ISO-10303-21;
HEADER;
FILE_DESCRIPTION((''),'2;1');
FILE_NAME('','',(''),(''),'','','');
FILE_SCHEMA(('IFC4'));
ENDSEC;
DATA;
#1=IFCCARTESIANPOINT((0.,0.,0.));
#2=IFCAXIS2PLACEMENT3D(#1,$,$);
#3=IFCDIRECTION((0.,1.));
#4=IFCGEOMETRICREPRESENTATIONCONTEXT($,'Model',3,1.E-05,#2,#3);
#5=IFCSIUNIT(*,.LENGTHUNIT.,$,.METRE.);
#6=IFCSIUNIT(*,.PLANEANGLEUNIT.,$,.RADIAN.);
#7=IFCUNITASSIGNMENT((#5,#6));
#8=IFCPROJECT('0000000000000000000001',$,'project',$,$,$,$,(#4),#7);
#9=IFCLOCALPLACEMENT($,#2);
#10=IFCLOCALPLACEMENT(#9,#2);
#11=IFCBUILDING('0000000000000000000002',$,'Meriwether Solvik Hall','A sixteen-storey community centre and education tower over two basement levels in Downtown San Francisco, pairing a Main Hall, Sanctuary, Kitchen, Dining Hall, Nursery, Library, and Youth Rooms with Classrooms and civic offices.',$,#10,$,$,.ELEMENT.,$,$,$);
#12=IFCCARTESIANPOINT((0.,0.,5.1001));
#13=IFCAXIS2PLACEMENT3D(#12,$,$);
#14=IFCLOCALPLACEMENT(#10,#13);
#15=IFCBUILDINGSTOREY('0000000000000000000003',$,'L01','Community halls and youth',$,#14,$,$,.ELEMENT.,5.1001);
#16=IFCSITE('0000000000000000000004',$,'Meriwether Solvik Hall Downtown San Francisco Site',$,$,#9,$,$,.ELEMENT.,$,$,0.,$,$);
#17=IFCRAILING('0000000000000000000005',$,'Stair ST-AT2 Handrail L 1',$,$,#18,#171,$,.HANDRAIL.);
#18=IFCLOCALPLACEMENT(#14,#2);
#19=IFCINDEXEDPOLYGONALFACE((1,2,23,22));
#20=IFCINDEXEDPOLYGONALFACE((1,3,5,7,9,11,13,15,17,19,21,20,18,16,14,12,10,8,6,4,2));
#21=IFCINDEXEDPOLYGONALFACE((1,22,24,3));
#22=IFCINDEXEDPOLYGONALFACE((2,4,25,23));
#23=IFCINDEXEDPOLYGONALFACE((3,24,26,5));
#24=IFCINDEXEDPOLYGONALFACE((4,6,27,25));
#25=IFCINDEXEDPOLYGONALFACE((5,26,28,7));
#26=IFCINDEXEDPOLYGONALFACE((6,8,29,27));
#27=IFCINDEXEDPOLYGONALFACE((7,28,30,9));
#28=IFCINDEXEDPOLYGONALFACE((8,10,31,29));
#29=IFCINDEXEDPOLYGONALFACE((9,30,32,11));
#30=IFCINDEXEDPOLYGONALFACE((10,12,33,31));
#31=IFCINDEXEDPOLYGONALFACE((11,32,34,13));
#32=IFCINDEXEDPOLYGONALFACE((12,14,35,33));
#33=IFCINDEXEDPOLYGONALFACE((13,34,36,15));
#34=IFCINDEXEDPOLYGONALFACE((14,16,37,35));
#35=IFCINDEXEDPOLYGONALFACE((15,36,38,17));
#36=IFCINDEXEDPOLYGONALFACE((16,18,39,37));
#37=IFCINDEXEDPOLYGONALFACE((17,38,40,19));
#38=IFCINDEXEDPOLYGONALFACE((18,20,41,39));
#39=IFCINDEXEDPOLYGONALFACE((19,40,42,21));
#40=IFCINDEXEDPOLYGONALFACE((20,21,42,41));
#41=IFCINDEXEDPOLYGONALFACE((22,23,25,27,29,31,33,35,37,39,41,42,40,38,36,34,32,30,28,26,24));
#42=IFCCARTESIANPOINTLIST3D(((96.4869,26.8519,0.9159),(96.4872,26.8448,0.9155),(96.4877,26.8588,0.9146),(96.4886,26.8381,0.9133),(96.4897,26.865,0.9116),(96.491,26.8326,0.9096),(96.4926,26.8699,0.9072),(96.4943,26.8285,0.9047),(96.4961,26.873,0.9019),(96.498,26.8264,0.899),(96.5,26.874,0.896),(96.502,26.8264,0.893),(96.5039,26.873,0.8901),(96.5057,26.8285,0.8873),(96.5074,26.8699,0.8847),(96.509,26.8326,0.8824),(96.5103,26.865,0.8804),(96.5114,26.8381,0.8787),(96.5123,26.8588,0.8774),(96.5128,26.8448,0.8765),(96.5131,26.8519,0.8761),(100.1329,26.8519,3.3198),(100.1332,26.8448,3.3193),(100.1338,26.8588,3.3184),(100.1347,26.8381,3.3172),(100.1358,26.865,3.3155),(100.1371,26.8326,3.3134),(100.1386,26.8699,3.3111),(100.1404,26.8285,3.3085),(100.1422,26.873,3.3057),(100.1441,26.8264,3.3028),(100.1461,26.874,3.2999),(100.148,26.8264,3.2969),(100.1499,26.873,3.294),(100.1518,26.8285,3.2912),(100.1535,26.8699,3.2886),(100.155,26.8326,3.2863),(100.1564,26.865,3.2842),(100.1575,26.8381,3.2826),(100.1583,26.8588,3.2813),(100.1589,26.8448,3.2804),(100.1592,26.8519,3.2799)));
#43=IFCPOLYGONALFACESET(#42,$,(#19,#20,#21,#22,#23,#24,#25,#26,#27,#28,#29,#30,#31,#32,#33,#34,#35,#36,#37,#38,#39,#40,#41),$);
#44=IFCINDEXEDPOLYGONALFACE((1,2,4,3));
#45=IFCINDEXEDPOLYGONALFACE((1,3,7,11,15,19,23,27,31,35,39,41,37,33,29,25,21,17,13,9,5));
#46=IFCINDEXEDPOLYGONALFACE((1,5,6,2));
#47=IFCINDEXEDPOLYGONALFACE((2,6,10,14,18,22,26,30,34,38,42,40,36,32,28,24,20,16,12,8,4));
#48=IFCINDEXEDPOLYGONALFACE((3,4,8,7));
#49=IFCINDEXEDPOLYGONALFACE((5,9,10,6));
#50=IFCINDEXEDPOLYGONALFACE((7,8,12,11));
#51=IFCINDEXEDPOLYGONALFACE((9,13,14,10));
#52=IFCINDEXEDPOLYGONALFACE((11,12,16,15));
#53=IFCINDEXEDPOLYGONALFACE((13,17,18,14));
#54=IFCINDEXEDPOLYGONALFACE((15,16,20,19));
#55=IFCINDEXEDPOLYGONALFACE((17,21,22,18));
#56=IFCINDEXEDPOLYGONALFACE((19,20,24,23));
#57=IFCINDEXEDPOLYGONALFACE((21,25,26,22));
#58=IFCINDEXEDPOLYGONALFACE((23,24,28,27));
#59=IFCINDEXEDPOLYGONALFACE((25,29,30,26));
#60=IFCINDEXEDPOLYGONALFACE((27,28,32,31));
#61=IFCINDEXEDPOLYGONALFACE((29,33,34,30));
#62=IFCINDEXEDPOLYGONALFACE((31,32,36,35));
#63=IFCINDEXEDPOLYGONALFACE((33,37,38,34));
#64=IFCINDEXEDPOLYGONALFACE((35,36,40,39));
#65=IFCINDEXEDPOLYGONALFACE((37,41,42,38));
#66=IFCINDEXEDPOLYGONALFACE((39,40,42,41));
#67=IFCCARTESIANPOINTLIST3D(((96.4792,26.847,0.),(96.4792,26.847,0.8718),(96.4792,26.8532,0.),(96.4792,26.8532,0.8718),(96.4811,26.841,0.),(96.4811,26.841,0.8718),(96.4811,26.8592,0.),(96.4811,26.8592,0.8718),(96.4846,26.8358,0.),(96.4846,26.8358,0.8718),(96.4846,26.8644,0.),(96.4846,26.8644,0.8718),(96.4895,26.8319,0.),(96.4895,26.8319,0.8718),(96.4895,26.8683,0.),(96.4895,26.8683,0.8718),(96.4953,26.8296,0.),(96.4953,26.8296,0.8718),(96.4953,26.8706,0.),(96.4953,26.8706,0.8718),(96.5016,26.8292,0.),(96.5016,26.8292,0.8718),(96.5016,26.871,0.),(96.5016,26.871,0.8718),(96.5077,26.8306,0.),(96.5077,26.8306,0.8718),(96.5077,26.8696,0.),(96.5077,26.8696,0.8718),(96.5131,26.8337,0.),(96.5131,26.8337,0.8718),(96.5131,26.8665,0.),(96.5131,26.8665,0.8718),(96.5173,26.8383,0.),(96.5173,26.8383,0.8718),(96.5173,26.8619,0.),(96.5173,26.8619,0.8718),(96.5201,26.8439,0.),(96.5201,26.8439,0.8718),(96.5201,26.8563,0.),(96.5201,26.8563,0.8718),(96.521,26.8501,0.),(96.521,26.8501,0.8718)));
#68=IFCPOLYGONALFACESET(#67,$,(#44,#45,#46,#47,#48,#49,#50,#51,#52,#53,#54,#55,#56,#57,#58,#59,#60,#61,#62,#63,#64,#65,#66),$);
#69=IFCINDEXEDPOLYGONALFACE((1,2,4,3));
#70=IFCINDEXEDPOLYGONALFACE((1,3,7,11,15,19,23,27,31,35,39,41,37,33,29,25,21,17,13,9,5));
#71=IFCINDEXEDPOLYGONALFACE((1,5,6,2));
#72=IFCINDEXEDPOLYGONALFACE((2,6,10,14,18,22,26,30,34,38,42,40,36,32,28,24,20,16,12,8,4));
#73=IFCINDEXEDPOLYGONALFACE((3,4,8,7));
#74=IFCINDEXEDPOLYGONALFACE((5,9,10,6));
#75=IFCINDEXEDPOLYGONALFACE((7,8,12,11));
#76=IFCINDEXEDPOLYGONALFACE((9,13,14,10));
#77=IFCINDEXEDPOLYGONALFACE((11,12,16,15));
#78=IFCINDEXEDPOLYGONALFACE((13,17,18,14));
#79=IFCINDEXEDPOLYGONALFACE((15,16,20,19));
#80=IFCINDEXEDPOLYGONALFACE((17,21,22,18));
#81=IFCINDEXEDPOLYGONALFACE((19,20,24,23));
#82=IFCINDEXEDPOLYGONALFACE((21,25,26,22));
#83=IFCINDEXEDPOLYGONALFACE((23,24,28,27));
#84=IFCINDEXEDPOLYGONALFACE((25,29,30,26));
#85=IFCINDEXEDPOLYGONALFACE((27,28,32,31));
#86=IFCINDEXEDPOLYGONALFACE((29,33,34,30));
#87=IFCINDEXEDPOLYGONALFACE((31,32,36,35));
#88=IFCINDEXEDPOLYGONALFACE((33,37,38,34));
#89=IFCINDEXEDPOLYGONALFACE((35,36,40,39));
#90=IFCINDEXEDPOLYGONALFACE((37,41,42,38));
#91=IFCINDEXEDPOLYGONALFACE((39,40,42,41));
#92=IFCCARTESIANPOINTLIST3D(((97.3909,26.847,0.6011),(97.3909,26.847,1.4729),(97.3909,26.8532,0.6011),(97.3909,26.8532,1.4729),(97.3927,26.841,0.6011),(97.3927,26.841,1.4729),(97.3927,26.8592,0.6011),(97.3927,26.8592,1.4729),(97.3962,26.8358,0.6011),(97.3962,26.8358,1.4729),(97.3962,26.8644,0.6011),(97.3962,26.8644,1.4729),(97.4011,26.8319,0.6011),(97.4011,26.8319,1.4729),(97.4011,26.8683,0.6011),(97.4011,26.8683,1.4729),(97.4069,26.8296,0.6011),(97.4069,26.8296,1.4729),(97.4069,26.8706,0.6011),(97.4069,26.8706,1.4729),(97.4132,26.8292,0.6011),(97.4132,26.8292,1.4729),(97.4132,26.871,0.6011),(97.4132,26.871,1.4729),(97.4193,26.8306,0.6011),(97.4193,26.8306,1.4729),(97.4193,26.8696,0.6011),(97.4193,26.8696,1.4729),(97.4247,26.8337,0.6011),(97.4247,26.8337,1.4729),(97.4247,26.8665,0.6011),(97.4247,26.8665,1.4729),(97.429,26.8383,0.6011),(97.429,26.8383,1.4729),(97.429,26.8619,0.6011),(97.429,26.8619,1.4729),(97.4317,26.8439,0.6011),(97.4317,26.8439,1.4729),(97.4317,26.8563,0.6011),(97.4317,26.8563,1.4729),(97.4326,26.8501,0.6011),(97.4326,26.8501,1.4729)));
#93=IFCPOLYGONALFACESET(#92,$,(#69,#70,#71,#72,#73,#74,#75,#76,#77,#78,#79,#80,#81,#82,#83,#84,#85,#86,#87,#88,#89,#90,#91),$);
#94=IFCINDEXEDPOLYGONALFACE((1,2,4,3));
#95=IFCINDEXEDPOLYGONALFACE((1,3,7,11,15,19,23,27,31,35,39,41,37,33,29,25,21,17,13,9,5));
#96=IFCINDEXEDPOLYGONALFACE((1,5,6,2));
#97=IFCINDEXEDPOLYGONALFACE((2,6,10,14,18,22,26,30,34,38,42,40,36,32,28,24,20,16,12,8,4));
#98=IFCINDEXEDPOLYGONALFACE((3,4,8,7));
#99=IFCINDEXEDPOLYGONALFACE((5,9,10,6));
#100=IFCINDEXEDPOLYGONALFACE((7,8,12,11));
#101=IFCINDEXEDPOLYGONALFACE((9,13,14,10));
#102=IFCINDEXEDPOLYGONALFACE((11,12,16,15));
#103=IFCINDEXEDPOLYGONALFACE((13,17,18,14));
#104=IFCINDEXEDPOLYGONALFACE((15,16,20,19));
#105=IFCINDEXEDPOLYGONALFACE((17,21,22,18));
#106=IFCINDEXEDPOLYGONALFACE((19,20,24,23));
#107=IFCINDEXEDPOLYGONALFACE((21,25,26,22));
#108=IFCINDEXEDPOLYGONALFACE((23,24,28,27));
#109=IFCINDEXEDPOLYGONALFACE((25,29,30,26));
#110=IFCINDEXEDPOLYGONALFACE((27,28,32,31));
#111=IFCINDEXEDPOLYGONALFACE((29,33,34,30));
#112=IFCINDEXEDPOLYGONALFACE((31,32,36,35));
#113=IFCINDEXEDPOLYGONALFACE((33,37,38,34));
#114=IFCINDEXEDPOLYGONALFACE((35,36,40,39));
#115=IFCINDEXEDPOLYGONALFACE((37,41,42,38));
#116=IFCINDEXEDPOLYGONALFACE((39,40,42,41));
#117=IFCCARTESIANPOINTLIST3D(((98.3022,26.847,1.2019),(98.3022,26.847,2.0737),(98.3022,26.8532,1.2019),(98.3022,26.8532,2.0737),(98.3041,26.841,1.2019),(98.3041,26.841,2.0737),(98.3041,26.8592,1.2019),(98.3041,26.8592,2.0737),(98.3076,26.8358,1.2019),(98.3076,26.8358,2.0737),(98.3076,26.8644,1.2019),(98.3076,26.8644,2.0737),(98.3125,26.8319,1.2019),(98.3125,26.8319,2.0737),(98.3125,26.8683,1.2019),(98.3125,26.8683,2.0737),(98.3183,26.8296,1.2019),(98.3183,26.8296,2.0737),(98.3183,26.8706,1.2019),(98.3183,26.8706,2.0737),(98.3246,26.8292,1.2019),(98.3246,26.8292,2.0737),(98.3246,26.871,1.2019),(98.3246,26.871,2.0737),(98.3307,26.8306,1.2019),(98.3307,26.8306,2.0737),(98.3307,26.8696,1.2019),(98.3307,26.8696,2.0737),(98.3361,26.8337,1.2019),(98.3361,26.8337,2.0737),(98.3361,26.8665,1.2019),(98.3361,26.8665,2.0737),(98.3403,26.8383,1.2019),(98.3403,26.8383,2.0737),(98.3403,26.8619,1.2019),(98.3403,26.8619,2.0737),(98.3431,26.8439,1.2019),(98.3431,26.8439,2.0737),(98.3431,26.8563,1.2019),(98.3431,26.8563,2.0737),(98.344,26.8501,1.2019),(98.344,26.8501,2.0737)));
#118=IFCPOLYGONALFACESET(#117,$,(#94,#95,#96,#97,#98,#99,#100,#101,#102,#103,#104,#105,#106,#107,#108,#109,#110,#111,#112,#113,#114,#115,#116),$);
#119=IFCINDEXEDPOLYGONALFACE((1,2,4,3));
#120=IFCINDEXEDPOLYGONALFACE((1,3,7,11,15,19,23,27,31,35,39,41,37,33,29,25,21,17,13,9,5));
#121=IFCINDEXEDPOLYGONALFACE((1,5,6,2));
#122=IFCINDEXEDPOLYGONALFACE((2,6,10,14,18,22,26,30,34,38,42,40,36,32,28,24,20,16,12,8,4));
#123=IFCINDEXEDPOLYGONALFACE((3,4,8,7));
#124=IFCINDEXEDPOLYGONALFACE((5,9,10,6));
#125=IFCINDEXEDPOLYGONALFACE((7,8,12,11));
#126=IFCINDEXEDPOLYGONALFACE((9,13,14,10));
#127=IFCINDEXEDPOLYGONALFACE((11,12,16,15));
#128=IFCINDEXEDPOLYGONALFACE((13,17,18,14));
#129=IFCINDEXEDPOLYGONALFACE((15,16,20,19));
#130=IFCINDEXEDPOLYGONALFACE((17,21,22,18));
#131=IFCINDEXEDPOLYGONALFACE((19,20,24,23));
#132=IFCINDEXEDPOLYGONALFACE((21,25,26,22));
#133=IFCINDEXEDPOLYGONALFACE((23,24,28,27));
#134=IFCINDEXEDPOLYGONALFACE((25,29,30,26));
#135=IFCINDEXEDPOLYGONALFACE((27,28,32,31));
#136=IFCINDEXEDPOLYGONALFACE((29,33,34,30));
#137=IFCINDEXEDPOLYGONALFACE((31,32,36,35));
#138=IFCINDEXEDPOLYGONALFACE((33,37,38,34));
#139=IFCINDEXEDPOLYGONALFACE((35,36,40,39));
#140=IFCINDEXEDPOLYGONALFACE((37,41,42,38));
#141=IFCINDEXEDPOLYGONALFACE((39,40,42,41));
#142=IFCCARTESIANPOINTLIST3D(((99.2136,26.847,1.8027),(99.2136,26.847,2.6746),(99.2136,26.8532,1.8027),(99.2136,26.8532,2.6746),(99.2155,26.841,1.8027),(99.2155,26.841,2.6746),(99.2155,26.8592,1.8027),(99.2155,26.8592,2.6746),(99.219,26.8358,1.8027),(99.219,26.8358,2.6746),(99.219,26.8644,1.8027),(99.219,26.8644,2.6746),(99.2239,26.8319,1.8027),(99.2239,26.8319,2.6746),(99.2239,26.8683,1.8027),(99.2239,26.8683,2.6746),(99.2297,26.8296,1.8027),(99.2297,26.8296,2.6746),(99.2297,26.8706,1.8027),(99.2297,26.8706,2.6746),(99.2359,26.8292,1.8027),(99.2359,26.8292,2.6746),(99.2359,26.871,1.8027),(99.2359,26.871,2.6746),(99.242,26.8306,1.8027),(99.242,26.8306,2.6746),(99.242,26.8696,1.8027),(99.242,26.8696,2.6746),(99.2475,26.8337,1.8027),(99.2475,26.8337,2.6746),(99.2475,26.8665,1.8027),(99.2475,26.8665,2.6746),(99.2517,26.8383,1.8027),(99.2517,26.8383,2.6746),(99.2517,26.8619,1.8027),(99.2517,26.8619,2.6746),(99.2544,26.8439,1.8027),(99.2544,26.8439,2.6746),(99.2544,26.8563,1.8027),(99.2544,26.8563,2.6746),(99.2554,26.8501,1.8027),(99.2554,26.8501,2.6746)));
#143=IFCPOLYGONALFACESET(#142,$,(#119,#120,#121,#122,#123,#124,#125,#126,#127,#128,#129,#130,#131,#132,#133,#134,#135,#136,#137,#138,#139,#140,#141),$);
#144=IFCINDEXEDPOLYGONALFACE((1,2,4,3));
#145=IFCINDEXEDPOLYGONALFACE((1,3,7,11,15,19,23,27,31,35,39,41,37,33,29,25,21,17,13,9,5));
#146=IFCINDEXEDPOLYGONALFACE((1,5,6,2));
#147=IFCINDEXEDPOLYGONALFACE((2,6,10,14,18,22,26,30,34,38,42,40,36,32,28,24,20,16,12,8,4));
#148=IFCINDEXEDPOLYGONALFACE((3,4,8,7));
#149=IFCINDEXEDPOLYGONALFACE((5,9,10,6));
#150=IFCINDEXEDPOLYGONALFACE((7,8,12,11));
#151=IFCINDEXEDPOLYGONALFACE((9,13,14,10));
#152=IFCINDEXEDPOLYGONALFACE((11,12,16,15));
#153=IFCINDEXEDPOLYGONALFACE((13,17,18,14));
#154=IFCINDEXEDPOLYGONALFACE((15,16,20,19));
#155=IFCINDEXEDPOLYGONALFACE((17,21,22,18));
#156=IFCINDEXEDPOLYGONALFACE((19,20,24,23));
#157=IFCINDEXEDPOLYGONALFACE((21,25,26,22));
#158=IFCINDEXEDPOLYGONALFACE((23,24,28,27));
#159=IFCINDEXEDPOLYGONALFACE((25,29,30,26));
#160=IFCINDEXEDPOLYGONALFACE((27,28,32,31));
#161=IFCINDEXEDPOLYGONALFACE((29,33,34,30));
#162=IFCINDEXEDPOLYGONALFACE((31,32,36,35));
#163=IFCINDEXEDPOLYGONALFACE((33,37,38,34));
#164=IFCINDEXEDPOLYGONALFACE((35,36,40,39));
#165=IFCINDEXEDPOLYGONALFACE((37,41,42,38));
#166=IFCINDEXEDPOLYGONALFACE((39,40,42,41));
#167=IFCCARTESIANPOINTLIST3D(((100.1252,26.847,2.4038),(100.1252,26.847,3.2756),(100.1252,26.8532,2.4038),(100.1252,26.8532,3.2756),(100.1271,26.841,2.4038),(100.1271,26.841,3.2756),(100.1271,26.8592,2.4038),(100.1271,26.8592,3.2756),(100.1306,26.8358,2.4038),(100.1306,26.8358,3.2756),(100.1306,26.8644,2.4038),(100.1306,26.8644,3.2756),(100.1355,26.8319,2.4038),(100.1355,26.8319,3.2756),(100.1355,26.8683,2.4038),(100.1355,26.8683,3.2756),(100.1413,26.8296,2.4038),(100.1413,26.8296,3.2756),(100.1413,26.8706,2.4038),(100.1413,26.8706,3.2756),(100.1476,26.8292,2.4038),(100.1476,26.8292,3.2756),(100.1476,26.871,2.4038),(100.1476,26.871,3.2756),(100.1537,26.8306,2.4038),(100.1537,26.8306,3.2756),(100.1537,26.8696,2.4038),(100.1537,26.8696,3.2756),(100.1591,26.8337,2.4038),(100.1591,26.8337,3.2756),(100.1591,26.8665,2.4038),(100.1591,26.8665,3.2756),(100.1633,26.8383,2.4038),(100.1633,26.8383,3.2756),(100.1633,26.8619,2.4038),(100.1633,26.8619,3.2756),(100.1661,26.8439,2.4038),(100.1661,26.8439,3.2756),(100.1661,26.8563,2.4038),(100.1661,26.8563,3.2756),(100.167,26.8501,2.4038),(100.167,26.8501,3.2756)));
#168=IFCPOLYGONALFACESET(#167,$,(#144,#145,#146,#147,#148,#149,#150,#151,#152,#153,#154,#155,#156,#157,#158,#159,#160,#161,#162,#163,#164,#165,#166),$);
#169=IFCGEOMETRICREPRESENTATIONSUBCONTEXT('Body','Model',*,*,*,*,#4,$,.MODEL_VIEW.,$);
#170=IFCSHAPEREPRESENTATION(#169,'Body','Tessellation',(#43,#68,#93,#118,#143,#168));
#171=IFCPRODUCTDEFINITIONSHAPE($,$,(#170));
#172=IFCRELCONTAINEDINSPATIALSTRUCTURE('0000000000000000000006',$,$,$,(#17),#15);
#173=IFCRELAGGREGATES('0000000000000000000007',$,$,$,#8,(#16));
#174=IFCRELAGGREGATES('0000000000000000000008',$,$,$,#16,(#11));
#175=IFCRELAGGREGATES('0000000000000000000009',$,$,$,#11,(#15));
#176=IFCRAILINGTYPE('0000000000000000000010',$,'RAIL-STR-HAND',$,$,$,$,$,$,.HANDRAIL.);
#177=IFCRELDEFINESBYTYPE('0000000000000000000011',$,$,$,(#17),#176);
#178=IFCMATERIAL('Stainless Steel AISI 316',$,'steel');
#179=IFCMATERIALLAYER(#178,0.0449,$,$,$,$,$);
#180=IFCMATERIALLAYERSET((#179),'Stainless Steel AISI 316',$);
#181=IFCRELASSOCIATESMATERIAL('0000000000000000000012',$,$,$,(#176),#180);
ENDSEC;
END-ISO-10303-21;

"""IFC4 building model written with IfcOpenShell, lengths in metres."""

from ifc_helpers import new_model, si_unit, direction, frame, origin, origin_2d, place, context, subcontext, project, spatial, circle, extrude, material, layer, layer_set, type_object, element, save


model = new_model("IFC4")

# Units and contexts
model_context = context("Model", 3, precision=1e-05, world=origin(), true_north=direction((0.0, 1.0)))
body_context = subcontext(model_context, "Body", "Model", "MODEL_VIEW")
ifc_project = project(units=[si_unit("LENGTHUNIT", "METRE"), si_unit("PLANEANGLEUNIT", "RADIAN")], contexts=[model_context])

# Site, building, storey
site_placement = place(None, origin())
site = spatial("IfcSite", under=ifc_project, at=site_placement, Name="Meriwether Solvik Hall Downtown San Francisco Site", CompositionType="ELEMENT", RefElevation=0.0)
building_placement = place(site_placement, origin())
building = spatial("IfcBuilding", under=site, at=building_placement, Name="Meriwether Solvik Hall", Description="A sixteen-storey community centre and education tower over two basement levels in Downtown San Francisco, pairing a Main Hall, Sanctuary, Kitchen, Dining Hall, Nursery, Library, and Youth Rooms with Classrooms and civic offices.", CompositionType="ELEMENT")
storey_placement = place(building_placement, frame((0.0, 0.0, 5.1001)))
storey = spatial("IfcBuildingStorey", under=building, at=storey_placement, Name="L01", Description="Community halls and youth", CompositionType="ELEMENT", Elevation=5.1001)

# Railing
ifc_material_1 = material(Name="Stainless Steel AISI 316", Category="steel")
ifc_layer_1 = layer(ifc_material_1, 0.0449)
ifc_layer_set_1 = layer_set([ifc_layer_1], Name="Stainless Steel AISI 316")
railing_type_1 = type_object("IfcRailingType", Name="RAIL-STR-HAND", PredefinedType="HANDRAIL", material=ifc_layer_set_1)
railing_1_placement = place(storey_placement, frame((96.5, 26.8501, 0.0)))
element("IfcRailing", 1, at=railing_1_placement, inside=storey, type_object=railing_type_1, Name="Stair ST-AT2 Handrail L 1", PredefinedType="HANDRAIL", context=body_context, shape_type="SweptSolid", body=[
    extrude(circle(Radius=0.0239, at=origin_2d()), frame((0.0, 0.0, 0.896), z_axis=(0.834878, 0.0, 0.550436), x_axis=(0.0, 1.0, 0.0)), (0.0, 0.0, 1.0), 4.3672),
    extrude(circle(Radius=0.021, at=origin_2d()), origin(), (0.0, 0.0, 1.0), 0.8718),
    extrude(circle(Radius=0.021, at=origin_2d()), frame((0.9116, 0.0, 0.6011)), (0.0, 0.0, 1.0), 0.8718),
    extrude(circle(Radius=0.021, at=origin_2d()), frame((1.823, 0.0, 1.2019)), (0.0, 0.0, 1.0), 0.8718),
    extrude(circle(Radius=0.021, at=origin_2d()), frame((2.7344, 0.0, 1.8027)), (0.0, 0.0, 1.0), 0.8718),
    extrude(circle(Radius=0.021, at=origin_2d()), frame((3.646, 0.0, 2.4038)), (0.0, 0.0, 1.0), 0.8718),
])

save(model, "model.ifc")
